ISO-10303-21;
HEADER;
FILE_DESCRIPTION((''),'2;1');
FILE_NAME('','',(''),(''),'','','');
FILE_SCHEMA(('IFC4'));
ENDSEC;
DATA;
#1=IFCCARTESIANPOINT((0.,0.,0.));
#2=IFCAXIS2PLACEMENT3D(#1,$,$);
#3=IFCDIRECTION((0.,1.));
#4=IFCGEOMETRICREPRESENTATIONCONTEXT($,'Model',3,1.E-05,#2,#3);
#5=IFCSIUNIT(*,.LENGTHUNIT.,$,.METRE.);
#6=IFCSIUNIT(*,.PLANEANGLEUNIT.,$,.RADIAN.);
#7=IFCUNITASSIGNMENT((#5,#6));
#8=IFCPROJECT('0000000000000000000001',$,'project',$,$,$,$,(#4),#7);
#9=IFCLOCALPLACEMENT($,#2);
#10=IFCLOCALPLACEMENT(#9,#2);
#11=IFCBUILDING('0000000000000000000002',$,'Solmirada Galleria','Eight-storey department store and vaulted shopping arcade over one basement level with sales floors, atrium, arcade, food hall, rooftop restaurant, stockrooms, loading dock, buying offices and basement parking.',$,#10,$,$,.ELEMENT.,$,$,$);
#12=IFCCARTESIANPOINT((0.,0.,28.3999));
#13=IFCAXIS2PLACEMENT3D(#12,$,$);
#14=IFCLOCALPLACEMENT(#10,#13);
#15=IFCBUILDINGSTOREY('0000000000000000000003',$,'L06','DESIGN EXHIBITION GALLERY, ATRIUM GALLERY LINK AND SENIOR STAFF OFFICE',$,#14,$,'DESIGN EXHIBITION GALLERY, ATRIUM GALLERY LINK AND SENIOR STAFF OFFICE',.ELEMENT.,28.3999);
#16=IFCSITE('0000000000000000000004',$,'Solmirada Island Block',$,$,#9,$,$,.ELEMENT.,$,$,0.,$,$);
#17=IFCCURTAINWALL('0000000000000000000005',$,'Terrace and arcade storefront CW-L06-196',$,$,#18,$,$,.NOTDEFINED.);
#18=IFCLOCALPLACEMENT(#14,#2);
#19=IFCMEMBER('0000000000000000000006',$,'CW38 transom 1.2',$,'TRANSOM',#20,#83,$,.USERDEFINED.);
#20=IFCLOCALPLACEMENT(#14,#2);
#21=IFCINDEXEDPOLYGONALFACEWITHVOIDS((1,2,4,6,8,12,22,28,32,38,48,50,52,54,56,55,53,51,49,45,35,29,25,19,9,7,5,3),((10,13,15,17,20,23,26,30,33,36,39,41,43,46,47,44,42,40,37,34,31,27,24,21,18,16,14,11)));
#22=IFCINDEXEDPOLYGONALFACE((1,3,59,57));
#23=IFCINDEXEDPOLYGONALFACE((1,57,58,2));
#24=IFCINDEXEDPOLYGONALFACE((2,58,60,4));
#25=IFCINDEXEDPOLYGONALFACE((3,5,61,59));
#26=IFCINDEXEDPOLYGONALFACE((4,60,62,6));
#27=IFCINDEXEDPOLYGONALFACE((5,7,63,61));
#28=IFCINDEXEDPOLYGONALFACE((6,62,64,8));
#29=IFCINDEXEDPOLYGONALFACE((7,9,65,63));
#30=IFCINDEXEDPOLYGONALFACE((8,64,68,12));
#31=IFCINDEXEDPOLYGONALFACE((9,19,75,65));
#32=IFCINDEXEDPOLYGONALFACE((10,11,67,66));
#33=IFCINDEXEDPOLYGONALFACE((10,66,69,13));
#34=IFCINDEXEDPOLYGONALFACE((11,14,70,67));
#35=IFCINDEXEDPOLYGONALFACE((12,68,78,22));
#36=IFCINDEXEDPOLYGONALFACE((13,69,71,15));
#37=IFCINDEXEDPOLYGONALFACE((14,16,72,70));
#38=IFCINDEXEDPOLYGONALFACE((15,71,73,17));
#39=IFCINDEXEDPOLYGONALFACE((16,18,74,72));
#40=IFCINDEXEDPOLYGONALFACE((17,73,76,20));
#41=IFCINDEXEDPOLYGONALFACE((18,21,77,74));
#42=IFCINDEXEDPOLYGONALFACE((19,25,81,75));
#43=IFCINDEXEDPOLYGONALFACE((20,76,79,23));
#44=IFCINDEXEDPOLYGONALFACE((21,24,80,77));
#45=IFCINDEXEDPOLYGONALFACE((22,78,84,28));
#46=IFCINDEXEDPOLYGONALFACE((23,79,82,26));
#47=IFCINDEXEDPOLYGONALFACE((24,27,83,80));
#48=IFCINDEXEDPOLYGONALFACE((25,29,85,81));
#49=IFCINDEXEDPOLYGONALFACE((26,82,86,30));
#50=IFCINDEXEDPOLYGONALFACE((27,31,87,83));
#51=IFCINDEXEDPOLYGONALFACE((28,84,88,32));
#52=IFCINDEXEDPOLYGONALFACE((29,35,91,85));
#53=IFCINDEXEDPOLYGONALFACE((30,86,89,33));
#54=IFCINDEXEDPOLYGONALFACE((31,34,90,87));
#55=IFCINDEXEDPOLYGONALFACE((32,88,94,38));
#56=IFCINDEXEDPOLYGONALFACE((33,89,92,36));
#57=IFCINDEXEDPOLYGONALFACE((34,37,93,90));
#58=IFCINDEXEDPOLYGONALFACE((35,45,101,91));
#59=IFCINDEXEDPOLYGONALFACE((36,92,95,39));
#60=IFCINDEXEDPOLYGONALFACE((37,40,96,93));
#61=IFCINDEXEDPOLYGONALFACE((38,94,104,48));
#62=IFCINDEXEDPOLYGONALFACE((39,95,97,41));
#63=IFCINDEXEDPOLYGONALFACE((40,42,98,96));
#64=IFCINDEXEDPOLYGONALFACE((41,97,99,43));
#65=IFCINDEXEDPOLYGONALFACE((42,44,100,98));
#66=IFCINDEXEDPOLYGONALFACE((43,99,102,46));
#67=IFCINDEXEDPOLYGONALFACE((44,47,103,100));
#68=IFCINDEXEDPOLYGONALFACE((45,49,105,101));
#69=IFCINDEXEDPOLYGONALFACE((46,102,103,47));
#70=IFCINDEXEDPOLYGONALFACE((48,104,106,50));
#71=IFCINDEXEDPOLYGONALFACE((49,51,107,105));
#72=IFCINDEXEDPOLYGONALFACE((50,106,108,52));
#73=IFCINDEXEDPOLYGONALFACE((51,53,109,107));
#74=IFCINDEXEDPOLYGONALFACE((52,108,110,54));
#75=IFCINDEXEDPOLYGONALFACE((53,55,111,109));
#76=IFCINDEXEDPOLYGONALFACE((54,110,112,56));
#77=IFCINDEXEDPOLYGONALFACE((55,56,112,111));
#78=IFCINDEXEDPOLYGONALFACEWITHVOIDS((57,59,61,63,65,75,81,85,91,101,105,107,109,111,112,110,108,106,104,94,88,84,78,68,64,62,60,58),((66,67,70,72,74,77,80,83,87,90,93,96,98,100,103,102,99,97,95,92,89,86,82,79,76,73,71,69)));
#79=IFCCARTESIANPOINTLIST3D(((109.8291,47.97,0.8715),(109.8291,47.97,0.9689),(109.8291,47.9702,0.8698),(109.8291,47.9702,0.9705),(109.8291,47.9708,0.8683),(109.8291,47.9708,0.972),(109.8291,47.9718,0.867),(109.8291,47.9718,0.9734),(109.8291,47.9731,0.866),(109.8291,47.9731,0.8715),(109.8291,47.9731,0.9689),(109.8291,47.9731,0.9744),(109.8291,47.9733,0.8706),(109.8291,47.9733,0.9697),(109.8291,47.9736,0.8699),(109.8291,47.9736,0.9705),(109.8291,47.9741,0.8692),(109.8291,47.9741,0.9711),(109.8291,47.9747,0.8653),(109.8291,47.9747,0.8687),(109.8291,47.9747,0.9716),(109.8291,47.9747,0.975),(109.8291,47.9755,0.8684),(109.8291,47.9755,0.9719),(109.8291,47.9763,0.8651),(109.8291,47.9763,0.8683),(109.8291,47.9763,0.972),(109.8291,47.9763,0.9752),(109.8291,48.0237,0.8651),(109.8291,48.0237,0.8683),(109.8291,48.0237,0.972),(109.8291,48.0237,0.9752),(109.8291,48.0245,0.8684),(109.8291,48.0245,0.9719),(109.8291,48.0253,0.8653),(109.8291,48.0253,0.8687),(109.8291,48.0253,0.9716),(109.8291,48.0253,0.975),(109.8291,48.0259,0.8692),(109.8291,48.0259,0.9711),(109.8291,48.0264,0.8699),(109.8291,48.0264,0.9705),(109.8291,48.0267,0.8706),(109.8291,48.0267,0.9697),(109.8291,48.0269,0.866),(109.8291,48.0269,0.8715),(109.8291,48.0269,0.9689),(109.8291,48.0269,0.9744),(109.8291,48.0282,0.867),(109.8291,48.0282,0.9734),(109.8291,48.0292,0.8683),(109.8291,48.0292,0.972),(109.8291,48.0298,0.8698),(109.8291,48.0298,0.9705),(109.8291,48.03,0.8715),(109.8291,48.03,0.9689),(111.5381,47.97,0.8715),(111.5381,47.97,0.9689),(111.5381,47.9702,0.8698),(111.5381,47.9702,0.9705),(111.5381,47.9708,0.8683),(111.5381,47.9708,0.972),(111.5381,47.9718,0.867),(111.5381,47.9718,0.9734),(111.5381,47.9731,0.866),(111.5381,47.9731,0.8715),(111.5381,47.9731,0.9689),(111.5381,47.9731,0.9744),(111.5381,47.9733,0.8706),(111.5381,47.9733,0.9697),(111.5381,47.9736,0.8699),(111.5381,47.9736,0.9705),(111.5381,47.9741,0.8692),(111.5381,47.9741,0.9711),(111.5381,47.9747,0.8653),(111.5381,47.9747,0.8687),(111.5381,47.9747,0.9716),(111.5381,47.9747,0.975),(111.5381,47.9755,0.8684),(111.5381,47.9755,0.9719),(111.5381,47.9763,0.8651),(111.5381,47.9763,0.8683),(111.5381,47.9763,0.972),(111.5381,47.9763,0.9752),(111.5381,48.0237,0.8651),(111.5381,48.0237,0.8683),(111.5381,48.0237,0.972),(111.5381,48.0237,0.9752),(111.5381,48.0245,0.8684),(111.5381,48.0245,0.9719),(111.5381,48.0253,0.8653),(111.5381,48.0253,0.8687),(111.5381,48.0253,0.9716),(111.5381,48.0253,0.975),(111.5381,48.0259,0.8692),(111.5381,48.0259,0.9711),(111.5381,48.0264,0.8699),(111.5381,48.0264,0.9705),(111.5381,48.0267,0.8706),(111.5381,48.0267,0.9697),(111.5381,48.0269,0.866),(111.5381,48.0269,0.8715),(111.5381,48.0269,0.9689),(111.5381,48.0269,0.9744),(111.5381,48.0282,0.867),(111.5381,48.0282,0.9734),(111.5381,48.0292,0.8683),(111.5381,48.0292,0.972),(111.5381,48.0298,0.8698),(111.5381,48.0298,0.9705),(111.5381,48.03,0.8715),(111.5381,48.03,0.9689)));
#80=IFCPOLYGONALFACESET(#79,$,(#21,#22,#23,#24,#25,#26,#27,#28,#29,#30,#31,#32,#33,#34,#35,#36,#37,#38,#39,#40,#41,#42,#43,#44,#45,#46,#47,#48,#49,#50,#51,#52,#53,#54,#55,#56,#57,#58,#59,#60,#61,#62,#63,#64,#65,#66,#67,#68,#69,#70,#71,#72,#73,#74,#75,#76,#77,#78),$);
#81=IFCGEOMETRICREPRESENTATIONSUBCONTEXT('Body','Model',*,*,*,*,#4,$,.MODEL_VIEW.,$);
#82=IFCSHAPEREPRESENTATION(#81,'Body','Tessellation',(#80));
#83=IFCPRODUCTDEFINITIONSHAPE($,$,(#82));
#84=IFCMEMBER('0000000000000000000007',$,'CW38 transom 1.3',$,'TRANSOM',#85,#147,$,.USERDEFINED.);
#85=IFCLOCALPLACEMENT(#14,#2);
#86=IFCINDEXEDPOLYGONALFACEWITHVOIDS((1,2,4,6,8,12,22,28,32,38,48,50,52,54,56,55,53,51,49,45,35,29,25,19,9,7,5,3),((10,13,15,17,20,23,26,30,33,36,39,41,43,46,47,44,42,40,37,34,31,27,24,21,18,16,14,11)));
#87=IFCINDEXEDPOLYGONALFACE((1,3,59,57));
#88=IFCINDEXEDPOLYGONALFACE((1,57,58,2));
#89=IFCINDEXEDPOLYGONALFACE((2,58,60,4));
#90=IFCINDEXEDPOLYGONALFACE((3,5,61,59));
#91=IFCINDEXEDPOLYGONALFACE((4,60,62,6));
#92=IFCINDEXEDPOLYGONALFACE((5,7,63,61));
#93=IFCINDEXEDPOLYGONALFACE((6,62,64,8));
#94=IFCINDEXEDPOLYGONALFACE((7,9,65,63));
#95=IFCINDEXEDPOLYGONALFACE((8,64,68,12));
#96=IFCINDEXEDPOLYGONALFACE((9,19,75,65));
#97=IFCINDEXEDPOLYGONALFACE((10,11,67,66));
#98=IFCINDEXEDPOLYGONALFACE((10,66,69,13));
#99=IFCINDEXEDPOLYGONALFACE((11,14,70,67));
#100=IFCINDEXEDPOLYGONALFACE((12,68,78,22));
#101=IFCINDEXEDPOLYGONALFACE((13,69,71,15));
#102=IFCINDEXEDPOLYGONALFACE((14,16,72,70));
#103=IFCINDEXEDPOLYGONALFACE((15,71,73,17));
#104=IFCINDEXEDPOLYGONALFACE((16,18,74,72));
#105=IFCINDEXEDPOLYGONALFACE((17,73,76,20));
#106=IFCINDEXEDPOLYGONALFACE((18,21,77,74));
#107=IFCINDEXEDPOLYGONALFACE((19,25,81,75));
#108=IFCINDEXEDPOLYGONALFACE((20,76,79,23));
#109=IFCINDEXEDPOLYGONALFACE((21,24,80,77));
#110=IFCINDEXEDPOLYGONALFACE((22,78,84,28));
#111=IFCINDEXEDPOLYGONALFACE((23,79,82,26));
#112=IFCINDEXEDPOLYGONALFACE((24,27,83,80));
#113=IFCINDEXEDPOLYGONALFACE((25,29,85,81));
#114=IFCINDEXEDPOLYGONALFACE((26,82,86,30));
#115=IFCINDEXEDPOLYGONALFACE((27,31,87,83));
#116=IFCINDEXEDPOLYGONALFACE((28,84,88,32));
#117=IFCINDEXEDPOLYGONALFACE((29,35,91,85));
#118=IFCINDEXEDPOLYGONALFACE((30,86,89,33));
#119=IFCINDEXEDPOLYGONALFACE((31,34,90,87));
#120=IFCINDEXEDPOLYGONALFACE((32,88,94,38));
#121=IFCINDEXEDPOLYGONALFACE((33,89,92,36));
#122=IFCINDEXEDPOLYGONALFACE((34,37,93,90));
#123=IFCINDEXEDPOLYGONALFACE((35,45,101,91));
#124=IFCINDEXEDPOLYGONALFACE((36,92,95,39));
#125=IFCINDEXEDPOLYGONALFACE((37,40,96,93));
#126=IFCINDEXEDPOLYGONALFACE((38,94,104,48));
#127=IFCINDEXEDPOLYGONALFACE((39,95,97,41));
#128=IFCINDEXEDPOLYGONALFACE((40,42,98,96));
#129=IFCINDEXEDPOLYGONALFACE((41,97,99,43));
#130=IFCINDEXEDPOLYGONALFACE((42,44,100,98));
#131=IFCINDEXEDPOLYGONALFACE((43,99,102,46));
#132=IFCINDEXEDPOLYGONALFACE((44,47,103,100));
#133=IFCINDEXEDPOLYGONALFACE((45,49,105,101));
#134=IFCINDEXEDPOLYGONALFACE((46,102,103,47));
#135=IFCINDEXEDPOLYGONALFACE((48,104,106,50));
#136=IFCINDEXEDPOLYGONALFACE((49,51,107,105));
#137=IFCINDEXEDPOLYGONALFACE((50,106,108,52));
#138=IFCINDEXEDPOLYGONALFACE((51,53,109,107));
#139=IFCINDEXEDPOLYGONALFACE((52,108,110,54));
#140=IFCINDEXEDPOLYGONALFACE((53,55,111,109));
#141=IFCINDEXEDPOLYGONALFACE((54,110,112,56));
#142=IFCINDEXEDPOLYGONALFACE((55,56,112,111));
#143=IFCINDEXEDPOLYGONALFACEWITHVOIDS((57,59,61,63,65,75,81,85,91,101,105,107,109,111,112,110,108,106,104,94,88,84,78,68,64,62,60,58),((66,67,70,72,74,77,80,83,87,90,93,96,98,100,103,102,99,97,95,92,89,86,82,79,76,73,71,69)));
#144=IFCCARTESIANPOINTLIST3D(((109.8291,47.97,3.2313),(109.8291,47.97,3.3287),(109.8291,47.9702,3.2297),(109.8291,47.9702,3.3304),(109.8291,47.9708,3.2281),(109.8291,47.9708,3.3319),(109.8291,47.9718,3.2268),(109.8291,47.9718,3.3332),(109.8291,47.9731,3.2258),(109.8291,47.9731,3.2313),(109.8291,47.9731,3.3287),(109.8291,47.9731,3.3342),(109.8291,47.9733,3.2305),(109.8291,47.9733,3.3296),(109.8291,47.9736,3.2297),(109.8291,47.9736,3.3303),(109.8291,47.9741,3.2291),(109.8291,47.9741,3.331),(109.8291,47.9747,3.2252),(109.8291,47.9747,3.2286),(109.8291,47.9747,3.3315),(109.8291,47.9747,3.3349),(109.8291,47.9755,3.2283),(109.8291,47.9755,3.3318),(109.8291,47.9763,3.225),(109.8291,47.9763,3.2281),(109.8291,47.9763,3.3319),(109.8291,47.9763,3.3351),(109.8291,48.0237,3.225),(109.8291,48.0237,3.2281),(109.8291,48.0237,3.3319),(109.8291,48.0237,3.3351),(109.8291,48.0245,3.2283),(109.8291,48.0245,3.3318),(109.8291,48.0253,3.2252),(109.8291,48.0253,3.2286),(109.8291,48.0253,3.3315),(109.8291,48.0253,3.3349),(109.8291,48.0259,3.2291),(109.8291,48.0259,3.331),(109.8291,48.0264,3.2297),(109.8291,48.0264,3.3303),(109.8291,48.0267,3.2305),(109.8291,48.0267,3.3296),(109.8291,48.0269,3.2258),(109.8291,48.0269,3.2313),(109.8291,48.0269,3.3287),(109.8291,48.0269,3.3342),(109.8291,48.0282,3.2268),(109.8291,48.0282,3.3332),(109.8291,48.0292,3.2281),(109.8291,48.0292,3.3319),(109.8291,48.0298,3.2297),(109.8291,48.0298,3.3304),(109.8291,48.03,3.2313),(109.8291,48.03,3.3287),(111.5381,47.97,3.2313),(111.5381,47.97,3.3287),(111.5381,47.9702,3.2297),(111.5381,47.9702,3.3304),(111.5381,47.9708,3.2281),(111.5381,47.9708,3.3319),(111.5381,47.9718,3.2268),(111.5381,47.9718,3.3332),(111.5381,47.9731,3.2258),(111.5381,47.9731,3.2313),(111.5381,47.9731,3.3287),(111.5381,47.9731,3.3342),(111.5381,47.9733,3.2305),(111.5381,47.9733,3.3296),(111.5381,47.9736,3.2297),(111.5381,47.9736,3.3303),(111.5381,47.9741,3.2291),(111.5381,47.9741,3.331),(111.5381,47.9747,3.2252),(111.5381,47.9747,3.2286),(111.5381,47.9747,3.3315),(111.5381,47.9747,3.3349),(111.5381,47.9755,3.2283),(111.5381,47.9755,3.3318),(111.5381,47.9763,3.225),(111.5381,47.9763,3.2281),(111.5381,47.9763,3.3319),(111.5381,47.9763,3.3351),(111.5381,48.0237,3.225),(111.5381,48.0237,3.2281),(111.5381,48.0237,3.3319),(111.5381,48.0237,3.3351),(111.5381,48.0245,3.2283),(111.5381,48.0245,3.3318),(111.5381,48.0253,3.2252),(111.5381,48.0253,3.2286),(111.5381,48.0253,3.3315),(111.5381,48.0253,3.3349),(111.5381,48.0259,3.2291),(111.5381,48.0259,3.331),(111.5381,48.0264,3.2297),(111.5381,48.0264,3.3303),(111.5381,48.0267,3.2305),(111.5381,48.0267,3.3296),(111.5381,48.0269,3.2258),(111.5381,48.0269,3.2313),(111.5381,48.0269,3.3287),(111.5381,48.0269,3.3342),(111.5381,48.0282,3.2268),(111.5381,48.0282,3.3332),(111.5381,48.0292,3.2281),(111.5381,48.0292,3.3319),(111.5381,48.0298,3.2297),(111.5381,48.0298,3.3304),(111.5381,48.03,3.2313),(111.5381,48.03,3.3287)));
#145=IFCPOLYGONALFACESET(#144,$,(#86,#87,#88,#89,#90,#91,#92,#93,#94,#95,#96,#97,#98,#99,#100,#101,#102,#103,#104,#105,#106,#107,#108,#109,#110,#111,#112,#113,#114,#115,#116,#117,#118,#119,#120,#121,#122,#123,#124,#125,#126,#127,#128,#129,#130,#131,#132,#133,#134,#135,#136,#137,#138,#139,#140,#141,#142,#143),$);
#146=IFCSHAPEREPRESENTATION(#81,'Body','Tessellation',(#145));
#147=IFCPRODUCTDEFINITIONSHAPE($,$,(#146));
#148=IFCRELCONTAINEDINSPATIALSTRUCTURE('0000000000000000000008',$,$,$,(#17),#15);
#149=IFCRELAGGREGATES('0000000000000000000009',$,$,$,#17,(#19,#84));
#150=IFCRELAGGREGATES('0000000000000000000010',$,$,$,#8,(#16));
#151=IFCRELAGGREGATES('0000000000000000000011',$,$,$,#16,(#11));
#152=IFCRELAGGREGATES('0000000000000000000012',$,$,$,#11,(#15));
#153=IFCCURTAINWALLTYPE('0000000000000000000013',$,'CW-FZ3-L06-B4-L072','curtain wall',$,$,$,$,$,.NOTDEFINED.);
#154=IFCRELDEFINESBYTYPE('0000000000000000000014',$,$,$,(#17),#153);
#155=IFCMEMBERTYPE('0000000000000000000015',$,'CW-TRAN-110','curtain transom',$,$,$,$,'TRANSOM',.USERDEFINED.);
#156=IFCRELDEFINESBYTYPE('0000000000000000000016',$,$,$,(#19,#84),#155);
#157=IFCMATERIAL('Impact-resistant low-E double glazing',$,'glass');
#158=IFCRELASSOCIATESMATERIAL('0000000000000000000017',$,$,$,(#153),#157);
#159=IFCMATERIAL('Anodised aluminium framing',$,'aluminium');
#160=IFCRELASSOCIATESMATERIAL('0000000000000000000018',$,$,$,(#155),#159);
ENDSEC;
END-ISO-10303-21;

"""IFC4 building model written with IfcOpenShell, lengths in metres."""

from ifc_helpers import new_model, si_unit, direction, frame, origin, origin_2d, place, context, subcontext, project, spatial, hollow_rectangle, extrude, material, material_profile, profile_set, type_object, element, aggregate, save


model = new_model("IFC4")

# Units and contexts
model_context = context("Model", 3, precision=1e-05, world=origin(), true_north=direction((0.0, 1.0)))
body_context = subcontext(model_context, "Body", "Model", "MODEL_VIEW")
ifc_project = project(units=[si_unit("LENGTHUNIT", "METRE"), si_unit("PLANEANGLEUNIT", "RADIAN")], contexts=[model_context])

# Site, building, storey
site_placement = place(None, origin())
site = spatial("IfcSite", under=ifc_project, at=site_placement, Name="Solmirada Island Block", CompositionType="ELEMENT", RefElevation=0.0)
building_placement = place(site_placement, origin())
building = spatial("IfcBuilding", under=site, at=building_placement, Name="Solmirada Galleria", Description="Eight-storey department store and vaulted shopping arcade over one basement level with sales floors, atrium, arcade, food hall, rooftop restaurant, stockrooms, loading dock, buying offices and basement parking.", CompositionType="ELEMENT")
storey_placement = place(building_placement, frame((0.0, 0.0, 28.3999)))
storey = spatial("IfcBuildingStorey", under=building, at=storey_placement, Name="L06", Description="DESIGN EXHIBITION GALLERY, ATRIUM GALLERY LINK AND SENIOR STAFF OFFICE", LongName="DESIGN EXHIBITION GALLERY, ATRIUM GALLERY LINK AND SENIOR STAFF OFFICE", CompositionType="ELEMENT", Elevation=28.3999)

# Curtain wall
ifc_material_1 = material(Name="Impact-resistant low-E double glazing", Category="glass")
curtain_wall_type_1 = type_object("IfcCurtainWallType", Name="CW-FZ3-L06-B4-L072", Description="curtain wall", PredefinedType="NOTDEFINED", material=ifc_material_1)
curtain_wall_1_placement = place(storey_placement, origin())
curtain_wall_1 = element("IfcCurtainWall", 1, at=curtain_wall_1_placement, inside=storey, type_object=curtain_wall_type_1, Name="Terrace and arcade storefront CW-L06-196", PredefinedType="NOTDEFINED")
ifc_material_2 = material(Name="Anodised aluminium framing", Category="aluminium")

# Members
ifc_material_profile_1 = material_profile(ifc_material_2, hollow_rectangle(XDim=0.0601, YDim=0.1101, WallThickness=0.0032, InnerFilletRadius=0.0032, OuterFilletRadius=0.0063, at=origin_2d()), Name="ALU-TRAN-110X60")
ifc_profile_set_1 = profile_set([ifc_material_profile_1], Name="Anodised aluminium framing")
member_type_1 = type_object("IfcMemberType", Name="CW-TRAN-110", Description="curtain transom", ElementType="TRANSOM", PredefinedType="USERDEFINED", material=ifc_profile_set_1)
member_1_placement = place(storey_placement, frame((111.5381, 48.0, 0.9202), z_axis=(-1.0, 0.0, 0.0), x_axis=(0.0, -1.0, 0.0)))
member_1 = element("IfcMember", 2, at=member_1_placement, type_object=member_type_1, Name="CW38 transom 1.2", ObjectType="TRANSOM", PredefinedType="USERDEFINED", context=body_context, shape_type="SweptSolid", body=[
    extrude(hollow_rectangle(XDim=0.0601, YDim=0.1101, WallThickness=0.0032, InnerFilletRadius=0.0032, OuterFilletRadius=0.0063, at=origin_2d()), origin(), (0.0, 0.0, 1.0), 1.709),
])
member_2_placement = place(storey_placement, frame((111.5381, 48.0, 3.28), z_axis=(-1.0, 0.0, 0.0), x_axis=(0.0, -1.0, 0.0)))
member_2 = element("IfcMember", 3, at=member_2_placement, type_object=member_type_1, Name="CW38 transom 1.3", ObjectType="TRANSOM", PredefinedType="USERDEFINED", context=body_context, shape_type="SweptSolid", body=[
    extrude(hollow_rectangle(XDim=0.0601, YDim=0.1101, WallThickness=0.0032, InnerFilletRadius=0.0032, OuterFilletRadius=0.0063, at=origin_2d()), origin(), (0.0, 0.0, 1.0), 1.709),
])

aggregate(curtain_wall_1, [member_1, member_2])

save(model, "model.ifc")
